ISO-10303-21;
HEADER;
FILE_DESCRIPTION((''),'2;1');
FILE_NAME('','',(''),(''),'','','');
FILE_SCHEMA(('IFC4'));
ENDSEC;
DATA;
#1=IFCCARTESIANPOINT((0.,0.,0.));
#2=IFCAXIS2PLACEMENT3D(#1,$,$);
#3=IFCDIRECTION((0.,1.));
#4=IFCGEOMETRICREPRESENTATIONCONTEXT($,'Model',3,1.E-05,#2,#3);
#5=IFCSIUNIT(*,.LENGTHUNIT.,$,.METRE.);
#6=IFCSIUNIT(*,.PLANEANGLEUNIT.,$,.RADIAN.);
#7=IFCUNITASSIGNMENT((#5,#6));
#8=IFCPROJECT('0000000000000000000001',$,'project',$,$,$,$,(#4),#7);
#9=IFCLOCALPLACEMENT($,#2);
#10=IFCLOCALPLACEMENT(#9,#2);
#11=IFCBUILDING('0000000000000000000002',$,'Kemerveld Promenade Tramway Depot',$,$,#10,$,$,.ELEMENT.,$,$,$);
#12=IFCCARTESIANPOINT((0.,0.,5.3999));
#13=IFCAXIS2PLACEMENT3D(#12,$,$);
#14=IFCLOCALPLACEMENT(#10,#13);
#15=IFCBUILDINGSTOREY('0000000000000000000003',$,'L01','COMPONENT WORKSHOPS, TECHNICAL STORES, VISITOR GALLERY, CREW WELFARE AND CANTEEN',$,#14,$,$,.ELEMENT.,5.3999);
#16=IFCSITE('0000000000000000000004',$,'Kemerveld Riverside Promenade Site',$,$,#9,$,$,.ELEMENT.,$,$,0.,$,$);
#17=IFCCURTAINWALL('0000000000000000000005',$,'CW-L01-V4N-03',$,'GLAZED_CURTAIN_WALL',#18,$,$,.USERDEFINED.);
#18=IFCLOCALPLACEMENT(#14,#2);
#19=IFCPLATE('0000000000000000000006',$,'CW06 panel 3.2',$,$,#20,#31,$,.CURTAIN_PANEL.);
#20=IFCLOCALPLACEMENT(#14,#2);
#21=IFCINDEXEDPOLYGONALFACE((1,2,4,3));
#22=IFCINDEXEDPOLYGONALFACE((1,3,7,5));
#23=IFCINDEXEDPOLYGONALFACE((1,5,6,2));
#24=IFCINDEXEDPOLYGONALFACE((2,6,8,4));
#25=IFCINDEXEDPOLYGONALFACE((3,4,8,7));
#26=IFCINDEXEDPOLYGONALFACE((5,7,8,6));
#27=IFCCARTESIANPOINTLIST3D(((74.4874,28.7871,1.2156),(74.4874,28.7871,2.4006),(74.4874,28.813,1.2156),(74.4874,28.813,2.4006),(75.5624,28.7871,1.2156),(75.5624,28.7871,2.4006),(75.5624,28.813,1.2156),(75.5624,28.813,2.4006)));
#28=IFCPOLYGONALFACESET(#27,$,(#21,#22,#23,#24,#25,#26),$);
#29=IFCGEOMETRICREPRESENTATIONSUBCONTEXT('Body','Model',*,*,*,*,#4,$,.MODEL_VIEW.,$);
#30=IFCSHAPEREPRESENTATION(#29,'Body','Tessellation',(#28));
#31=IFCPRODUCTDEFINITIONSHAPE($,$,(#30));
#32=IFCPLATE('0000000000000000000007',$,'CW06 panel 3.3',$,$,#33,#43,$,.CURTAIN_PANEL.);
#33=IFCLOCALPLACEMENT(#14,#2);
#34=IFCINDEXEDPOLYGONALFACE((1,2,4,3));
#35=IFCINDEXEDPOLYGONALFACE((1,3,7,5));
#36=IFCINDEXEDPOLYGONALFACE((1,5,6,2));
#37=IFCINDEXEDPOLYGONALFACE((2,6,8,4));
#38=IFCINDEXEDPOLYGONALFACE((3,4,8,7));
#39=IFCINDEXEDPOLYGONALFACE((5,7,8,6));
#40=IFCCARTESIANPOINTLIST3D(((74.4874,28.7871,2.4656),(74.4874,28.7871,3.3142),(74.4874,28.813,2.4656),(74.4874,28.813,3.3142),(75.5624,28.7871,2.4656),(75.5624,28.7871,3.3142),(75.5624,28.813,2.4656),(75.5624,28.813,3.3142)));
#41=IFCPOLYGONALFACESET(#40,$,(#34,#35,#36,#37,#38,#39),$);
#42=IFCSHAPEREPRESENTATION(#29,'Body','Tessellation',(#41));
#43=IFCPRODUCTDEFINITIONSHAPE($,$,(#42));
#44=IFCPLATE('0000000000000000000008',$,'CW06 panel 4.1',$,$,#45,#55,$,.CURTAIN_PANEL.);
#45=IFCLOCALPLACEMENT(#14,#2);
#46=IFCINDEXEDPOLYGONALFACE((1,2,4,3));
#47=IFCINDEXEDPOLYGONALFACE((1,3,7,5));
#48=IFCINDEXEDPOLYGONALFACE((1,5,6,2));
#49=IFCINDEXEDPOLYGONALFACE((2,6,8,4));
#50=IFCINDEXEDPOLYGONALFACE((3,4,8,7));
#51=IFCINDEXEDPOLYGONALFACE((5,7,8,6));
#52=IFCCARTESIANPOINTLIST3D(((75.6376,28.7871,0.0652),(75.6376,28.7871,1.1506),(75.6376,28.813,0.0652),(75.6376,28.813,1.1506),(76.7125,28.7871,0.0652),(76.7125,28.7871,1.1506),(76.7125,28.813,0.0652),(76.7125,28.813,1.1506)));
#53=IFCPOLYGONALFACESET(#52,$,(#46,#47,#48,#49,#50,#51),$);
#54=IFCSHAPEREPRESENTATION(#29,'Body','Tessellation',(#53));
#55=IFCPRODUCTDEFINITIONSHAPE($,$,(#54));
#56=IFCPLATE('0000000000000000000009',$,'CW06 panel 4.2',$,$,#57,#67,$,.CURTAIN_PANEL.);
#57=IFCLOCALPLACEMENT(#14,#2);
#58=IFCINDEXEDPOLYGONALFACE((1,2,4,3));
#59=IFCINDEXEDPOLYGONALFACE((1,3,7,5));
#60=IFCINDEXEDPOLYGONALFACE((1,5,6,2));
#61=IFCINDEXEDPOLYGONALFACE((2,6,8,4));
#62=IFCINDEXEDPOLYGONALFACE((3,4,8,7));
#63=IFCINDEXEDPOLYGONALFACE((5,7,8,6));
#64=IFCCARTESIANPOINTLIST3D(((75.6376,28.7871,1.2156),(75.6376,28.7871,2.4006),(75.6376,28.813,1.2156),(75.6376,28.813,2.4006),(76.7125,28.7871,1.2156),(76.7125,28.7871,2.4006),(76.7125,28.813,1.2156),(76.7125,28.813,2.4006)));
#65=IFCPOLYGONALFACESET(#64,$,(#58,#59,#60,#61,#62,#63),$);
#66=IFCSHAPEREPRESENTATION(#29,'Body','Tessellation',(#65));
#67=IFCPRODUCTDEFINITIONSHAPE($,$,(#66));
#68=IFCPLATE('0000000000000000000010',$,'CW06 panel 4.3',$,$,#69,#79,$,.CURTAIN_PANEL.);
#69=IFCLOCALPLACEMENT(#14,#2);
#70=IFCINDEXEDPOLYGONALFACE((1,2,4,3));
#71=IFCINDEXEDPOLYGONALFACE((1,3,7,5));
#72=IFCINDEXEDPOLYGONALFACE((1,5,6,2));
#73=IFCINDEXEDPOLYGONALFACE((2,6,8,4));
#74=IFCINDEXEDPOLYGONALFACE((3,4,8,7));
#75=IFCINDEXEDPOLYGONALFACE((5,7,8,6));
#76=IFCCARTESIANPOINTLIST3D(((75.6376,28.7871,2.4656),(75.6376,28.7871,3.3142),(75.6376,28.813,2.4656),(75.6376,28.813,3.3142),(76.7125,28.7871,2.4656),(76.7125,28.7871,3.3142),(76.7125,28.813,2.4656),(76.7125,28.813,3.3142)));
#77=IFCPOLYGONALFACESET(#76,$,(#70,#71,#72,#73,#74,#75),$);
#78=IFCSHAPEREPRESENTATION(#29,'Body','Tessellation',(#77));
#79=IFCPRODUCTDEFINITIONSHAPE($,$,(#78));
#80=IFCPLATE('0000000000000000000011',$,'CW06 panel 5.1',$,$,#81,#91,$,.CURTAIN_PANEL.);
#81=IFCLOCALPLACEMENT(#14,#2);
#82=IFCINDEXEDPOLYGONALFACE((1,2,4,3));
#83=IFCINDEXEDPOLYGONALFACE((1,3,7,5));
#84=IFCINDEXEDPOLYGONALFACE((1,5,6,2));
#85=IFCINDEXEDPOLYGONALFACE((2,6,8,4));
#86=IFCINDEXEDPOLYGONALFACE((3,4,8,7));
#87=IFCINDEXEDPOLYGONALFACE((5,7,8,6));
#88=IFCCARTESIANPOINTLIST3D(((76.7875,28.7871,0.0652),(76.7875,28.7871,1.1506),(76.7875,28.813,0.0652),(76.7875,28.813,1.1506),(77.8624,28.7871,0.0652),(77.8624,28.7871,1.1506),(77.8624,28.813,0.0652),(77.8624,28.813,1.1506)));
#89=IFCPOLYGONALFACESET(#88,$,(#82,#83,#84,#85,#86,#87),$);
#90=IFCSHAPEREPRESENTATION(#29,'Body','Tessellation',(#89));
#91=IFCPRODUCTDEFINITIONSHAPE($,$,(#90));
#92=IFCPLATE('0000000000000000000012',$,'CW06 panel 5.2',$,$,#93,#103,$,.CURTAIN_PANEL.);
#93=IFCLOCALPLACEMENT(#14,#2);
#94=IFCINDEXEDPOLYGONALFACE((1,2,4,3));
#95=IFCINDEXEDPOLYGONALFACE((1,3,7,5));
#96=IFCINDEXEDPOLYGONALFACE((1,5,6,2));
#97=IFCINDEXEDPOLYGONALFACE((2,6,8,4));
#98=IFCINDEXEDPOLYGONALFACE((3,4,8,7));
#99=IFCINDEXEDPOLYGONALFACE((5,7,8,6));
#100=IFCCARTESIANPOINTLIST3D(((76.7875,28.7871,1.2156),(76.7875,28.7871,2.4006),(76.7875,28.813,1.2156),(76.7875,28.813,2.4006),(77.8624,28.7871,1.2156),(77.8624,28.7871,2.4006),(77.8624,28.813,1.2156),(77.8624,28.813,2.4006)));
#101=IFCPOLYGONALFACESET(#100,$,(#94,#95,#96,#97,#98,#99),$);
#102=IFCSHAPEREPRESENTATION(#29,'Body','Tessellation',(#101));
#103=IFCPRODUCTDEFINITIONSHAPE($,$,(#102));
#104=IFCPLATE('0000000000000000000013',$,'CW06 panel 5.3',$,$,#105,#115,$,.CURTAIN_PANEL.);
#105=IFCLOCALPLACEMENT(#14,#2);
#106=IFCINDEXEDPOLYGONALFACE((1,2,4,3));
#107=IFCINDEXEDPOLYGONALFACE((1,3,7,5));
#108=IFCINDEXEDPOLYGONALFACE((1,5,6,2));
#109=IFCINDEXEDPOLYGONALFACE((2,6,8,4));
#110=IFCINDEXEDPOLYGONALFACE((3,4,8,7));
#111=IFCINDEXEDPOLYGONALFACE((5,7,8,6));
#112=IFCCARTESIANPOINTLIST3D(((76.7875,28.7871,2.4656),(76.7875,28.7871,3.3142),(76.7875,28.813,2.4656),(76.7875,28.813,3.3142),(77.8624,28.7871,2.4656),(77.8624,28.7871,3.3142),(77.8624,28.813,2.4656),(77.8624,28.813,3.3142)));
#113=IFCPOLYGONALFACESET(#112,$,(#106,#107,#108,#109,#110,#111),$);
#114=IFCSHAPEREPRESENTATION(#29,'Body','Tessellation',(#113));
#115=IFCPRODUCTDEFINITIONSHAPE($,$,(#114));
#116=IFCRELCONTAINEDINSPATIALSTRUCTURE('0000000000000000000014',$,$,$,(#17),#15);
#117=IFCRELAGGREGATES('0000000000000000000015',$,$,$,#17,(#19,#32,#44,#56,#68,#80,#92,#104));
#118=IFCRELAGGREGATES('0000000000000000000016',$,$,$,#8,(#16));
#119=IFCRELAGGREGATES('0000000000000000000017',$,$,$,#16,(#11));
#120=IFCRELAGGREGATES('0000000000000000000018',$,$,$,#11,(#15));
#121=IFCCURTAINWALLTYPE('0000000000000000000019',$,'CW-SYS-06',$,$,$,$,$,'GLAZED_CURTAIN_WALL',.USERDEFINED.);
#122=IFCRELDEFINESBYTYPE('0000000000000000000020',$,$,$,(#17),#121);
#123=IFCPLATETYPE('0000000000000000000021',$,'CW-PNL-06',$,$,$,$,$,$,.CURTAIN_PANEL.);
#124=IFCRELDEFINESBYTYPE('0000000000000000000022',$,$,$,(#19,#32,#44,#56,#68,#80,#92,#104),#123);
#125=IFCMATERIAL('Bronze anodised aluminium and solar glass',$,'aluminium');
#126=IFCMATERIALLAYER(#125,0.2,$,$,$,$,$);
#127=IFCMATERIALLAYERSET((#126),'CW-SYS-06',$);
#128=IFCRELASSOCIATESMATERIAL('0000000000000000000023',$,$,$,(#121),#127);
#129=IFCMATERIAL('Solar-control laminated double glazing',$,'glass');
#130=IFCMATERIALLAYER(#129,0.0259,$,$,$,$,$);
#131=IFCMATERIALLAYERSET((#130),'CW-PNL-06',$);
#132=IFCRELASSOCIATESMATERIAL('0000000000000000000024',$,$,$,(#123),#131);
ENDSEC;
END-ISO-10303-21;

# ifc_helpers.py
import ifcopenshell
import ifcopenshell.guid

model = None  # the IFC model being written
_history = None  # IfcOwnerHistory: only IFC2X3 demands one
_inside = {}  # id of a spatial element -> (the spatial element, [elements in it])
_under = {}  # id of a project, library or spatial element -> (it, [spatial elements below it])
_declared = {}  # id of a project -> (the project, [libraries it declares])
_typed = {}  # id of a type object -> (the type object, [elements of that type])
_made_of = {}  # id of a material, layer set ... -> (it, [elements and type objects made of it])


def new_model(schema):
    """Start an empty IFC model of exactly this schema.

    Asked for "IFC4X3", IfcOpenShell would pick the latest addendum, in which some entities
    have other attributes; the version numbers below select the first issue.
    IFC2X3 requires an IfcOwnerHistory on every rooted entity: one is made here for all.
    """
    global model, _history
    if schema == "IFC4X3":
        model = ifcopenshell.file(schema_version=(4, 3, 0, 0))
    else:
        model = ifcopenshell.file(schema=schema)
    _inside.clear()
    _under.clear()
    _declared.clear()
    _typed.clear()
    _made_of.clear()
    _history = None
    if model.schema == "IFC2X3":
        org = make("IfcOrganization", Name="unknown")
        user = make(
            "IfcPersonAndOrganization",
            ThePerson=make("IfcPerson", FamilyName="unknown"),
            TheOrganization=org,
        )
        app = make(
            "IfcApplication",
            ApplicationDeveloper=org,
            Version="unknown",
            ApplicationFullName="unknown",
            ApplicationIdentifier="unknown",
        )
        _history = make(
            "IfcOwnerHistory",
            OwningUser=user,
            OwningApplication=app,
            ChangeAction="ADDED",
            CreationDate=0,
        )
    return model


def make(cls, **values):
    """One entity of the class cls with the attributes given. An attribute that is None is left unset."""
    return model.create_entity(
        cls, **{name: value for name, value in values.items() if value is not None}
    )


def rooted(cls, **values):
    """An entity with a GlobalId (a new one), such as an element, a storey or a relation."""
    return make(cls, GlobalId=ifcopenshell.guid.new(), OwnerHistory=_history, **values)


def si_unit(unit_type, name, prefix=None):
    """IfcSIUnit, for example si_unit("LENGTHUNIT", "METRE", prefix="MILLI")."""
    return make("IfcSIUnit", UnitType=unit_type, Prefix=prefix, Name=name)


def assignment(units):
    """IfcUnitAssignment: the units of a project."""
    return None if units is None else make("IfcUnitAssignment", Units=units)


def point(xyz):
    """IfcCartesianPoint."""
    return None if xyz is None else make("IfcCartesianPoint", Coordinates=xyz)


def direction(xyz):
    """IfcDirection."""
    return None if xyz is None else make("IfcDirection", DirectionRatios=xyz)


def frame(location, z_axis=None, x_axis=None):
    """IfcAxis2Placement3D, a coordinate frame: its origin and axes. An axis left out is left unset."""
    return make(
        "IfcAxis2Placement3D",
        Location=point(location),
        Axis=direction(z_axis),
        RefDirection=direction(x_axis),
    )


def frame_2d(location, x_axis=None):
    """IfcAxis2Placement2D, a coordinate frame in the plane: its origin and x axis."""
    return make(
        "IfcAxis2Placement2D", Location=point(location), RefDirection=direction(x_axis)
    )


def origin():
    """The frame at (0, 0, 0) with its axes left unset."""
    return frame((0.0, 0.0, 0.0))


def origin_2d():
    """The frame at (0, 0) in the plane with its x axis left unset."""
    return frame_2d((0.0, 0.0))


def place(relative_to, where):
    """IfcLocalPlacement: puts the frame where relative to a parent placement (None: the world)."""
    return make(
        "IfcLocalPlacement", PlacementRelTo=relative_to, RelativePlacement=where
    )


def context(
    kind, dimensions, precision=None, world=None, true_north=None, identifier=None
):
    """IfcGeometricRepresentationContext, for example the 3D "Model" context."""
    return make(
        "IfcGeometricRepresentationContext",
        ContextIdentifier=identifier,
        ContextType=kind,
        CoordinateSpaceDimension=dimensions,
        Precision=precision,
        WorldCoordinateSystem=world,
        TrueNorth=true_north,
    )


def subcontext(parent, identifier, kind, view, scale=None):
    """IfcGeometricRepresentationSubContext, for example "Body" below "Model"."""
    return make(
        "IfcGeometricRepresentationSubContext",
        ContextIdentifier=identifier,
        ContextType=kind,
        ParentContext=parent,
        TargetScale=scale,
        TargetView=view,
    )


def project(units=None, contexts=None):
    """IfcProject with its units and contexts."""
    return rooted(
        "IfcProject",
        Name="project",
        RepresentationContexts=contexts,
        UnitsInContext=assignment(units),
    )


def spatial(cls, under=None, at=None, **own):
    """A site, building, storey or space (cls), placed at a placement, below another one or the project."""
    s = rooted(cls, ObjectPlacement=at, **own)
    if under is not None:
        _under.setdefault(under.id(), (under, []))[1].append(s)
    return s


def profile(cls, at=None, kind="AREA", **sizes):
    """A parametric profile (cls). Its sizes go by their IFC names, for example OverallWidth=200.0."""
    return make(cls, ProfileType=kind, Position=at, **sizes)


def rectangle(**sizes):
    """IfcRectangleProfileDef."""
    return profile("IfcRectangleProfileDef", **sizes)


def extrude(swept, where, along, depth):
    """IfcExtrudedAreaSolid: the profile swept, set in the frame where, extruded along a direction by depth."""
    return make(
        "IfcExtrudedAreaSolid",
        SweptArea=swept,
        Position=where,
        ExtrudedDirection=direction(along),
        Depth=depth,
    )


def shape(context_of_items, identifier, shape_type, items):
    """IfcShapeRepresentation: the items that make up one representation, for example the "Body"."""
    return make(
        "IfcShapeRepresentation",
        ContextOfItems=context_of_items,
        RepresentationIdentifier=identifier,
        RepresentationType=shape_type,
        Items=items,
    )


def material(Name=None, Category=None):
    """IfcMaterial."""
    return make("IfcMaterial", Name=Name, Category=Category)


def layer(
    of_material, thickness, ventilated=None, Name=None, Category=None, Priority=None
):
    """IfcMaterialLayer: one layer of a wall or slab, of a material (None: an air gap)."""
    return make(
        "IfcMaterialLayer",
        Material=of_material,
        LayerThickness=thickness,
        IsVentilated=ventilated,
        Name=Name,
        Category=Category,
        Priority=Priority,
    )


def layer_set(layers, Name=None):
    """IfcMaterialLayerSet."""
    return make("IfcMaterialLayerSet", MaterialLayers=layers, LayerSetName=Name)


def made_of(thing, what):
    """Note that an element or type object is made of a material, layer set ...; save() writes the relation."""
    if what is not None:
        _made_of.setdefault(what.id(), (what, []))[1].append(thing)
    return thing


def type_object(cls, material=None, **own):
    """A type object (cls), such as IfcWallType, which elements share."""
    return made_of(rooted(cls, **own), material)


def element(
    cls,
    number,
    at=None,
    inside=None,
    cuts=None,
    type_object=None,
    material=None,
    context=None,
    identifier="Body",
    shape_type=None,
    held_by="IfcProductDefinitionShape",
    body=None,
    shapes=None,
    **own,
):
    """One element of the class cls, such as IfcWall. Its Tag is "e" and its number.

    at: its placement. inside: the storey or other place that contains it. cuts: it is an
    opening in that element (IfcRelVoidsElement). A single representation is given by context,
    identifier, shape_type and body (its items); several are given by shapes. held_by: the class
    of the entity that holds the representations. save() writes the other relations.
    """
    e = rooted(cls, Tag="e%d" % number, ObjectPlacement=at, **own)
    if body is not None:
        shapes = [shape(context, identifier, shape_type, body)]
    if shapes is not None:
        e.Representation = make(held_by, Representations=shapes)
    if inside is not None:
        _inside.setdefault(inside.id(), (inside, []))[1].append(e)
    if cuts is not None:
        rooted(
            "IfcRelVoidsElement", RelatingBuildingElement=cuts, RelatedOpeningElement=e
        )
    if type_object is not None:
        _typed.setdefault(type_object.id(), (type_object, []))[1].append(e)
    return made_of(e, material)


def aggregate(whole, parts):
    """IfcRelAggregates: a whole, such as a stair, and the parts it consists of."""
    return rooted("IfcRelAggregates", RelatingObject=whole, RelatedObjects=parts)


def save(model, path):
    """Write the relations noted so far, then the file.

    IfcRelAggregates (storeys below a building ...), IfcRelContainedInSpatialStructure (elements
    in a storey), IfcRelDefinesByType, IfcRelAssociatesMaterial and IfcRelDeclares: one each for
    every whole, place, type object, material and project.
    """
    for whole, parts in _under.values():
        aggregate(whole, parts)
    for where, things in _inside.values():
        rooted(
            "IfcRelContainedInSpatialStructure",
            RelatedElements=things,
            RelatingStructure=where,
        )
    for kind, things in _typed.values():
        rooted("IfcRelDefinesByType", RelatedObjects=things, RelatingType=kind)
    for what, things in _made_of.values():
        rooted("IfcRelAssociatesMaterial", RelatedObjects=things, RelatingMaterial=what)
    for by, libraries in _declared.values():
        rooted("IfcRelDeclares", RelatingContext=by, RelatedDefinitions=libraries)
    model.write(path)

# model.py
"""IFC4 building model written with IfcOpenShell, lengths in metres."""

from ifc_helpers import new_model, si_unit, direction, frame, origin, origin_2d, place, context, subcontext, project, spatial, rectangle, extrude, material, layer, layer_set, type_object, element, aggregate, save


model = new_model("IFC4")

# Units and contexts
model_context = context("Model", 3, precision=1e-05, world=origin(), true_north=direction((0.0, 1.0)))
body_context = subcontext(model_context, "Body", "Model", "MODEL_VIEW")
ifc_project = project(units=[si_unit("LENGTHUNIT", "METRE"), si_unit("PLANEANGLEUNIT", "RADIAN")], contexts=[model_context])

# Site, building, storey
site_placement = place(None, origin())
site = spatial("IfcSite", under=ifc_project, at=site_placement, Name="Kemerveld Riverside Promenade Site", CompositionType="ELEMENT", RefElevation=0.0)
building_placement = place(site_placement, origin())
building = spatial("IfcBuilding", under=site, at=building_placement, Name="Kemerveld Promenade Tramway Depot", CompositionType="ELEMENT")
storey_placement = place(building_placement, frame((0.0, 0.0, 5.3999)))
storey = spatial("IfcBuildingStorey", under=building, at=storey_placement, Name="L01", Description="COMPONENT WORKSHOPS, TECHNICAL STORES, VISITOR GALLERY, CREW WELFARE AND CANTEEN", CompositionType="ELEMENT", Elevation=5.3999)

# Curtain wall, plates
ifc_material_1 = material(Name="Bronze anodised aluminium and solar glass", Category="aluminium")
ifc_layer_1 = layer(ifc_material_1, 0.2)
ifc_layer_set_1 = layer_set([ifc_layer_1], Name="CW-SYS-06")
curtain_wall_type = type_object("IfcCurtainWallType", Name="CW-SYS-06", ElementType="GLAZED_CURTAIN_WALL", PredefinedType="USERDEFINED", material=ifc_layer_set_1)
curtain_wall_placement = place(storey_placement, origin())
curtain_wall = element("IfcCurtainWall", 1, at=curtain_wall_placement, inside=storey, type_object=curtain_wall_type, Name="CW-L01-V4N-03", ObjectType="GLAZED_CURTAIN_WALL", PredefinedType="USERDEFINED")
ifc_material_2 = material(Name="Solar-control laminated double glazing", Category="glass")
ifc_layer_2 = layer(ifc_material_2, 0.0259)
ifc_layer_set_2 = layer_set([ifc_layer_2], Name="CW-PNL-06")
plate_type = type_object("IfcPlateType", Name="CW-PNL-06", PredefinedType="CURTAIN_PANEL", material=ifc_layer_set_2)
plate_1_placement = place(storey_placement, frame((75.0249, 28.8, 1.2156), z_axis=(0.0, 0.0, 1.0), x_axis=(1.0, 0.0, 0.0)))
plate_1 = element("IfcPlate", 2, at=plate_1_placement, type_object=plate_type, Name="CW06 panel 3.2", PredefinedType="CURTAIN_PANEL", context=body_context, shape_type="SweptSolid", body=[
    extrude(rectangle(XDim=1.075, YDim=0.0259, at=origin_2d()), origin(), (0.0, 0.0, 1.0), 1.1851),
])
plate_2_placement = place(storey_placement, frame((75.0249, 28.8, 2.4656), z_axis=(0.0, 0.0, 1.0), x_axis=(1.0, 0.0, 0.0)))
plate_2 = element("IfcPlate", 3, at=plate_2_placement, type_object=plate_type, Name="CW06 panel 3.3", PredefinedType="CURTAIN_PANEL", context=body_context, shape_type="SweptSolid", body=[
    extrude(rectangle(XDim=1.075, YDim=0.0259, at=origin_2d()), origin(), (0.0, 0.0, 1.0), 0.8486),
])
plate_3_placement = place(storey_placement, frame((76.175, 28.8, 0.0652), z_axis=(0.0, 0.0, 1.0), x_axis=(1.0, 0.0, 0.0)))
plate_3 = element("IfcPlate", 4, at=plate_3_placement, type_object=plate_type, Name="CW06 panel 4.1", PredefinedType="CURTAIN_PANEL", context=body_context, shape_type="SweptSolid", body=[
    extrude(rectangle(XDim=1.075, YDim=0.0259, at=origin_2d()), origin(), (0.0, 0.0, 1.0), 1.0854),
])
plate_4_placement = place(storey_placement, frame((76.175, 28.8, 1.2156), z_axis=(0.0, 0.0, 1.0), x_axis=(1.0, 0.0, 0.0)))
plate_4 = element("IfcPlate", 5, at=plate_4_placement, type_object=plate_type, Name="CW06 panel 4.2", PredefinedType="CURTAIN_PANEL", context=body_context, shape_type="SweptSolid", body=[
    extrude(rectangle(XDim=1.075, YDim=0.0259, at=origin_2d()), origin(), (0.0, 0.0, 1.0), 1.1851),
])
plate_5_placement = place(storey_placement, frame((76.175, 28.8, 2.4656), z_axis=(0.0, 0.0, 1.0), x_axis=(1.0, 0.0, 0.0)))
plate_5 = element("IfcPlate", 6, at=plate_5_placement, type_object=plate_type, Name="CW06 panel 4.3", PredefinedType="CURTAIN_PANEL", context=body_context, shape_type="SweptSolid", body=[
    extrude(rectangle(XDim=1.075, YDim=0.0259, at=origin_2d()), origin(), (0.0, 0.0, 1.0), 0.8486),
])
plate_6_placement = place(storey_placement, frame((77.325, 28.8, 0.0652), z_axis=(0.0, 0.0, 1.0), x_axis=(1.0, 0.0, 0.0)))
plate_6 = element("IfcPlate", 7, at=plate_6_placement, type_object=plate_type, Name="CW06 panel 5.1", PredefinedType="CURTAIN_PANEL", context=body_context, shape_type="SweptSolid", body=[
    extrude(rectangle(XDim=1.075, YDim=0.0259, at=origin_2d()), origin(), (0.0, 0.0, 1.0), 1.0854),
])
plate_7_placement = place(storey_placement, frame((77.325, 28.8, 1.2156), z_axis=(0.0, 0.0, 1.0), x_axis=(1.0, 0.0, 0.0)))
plate_7 = element("IfcPlate", 8, at=plate_7_placement, type_object=plate_type, Name="CW06 panel 5.2", PredefinedType="CURTAIN_PANEL", context=body_context, shape_type="SweptSolid", body=[
    extrude(rectangle(XDim=1.075, YDim=0.0259, at=origin_2d()), origin(), (0.0, 0.0, 1.0), 1.1851),
])
plate_8_placement = place(storey_placement, frame((77.325, 28.8, 2.4656), z_axis=(0.0, 0.0, 1.0), x_axis=(1.0, 0.0, 0.0)))
plate_8 = element("IfcPlate", 9, at=plate_8_placement, type_object=plate_type, Name="CW06 panel 5.3", PredefinedType="CURTAIN_PANEL", context=body_context, shape_type="SweptSolid", body=[
    extrude(rectangle(XDim=1.075, YDim=0.0259, at=origin_2d()), origin(), (0.0, 0.0, 1.0), 0.8486),
])
aggregate(curtain_wall, [plate_1, plate_2, plate_3, plate_4, plate_5, plate_6, plate_7, plate_8])

save(model, "model.ifc")
